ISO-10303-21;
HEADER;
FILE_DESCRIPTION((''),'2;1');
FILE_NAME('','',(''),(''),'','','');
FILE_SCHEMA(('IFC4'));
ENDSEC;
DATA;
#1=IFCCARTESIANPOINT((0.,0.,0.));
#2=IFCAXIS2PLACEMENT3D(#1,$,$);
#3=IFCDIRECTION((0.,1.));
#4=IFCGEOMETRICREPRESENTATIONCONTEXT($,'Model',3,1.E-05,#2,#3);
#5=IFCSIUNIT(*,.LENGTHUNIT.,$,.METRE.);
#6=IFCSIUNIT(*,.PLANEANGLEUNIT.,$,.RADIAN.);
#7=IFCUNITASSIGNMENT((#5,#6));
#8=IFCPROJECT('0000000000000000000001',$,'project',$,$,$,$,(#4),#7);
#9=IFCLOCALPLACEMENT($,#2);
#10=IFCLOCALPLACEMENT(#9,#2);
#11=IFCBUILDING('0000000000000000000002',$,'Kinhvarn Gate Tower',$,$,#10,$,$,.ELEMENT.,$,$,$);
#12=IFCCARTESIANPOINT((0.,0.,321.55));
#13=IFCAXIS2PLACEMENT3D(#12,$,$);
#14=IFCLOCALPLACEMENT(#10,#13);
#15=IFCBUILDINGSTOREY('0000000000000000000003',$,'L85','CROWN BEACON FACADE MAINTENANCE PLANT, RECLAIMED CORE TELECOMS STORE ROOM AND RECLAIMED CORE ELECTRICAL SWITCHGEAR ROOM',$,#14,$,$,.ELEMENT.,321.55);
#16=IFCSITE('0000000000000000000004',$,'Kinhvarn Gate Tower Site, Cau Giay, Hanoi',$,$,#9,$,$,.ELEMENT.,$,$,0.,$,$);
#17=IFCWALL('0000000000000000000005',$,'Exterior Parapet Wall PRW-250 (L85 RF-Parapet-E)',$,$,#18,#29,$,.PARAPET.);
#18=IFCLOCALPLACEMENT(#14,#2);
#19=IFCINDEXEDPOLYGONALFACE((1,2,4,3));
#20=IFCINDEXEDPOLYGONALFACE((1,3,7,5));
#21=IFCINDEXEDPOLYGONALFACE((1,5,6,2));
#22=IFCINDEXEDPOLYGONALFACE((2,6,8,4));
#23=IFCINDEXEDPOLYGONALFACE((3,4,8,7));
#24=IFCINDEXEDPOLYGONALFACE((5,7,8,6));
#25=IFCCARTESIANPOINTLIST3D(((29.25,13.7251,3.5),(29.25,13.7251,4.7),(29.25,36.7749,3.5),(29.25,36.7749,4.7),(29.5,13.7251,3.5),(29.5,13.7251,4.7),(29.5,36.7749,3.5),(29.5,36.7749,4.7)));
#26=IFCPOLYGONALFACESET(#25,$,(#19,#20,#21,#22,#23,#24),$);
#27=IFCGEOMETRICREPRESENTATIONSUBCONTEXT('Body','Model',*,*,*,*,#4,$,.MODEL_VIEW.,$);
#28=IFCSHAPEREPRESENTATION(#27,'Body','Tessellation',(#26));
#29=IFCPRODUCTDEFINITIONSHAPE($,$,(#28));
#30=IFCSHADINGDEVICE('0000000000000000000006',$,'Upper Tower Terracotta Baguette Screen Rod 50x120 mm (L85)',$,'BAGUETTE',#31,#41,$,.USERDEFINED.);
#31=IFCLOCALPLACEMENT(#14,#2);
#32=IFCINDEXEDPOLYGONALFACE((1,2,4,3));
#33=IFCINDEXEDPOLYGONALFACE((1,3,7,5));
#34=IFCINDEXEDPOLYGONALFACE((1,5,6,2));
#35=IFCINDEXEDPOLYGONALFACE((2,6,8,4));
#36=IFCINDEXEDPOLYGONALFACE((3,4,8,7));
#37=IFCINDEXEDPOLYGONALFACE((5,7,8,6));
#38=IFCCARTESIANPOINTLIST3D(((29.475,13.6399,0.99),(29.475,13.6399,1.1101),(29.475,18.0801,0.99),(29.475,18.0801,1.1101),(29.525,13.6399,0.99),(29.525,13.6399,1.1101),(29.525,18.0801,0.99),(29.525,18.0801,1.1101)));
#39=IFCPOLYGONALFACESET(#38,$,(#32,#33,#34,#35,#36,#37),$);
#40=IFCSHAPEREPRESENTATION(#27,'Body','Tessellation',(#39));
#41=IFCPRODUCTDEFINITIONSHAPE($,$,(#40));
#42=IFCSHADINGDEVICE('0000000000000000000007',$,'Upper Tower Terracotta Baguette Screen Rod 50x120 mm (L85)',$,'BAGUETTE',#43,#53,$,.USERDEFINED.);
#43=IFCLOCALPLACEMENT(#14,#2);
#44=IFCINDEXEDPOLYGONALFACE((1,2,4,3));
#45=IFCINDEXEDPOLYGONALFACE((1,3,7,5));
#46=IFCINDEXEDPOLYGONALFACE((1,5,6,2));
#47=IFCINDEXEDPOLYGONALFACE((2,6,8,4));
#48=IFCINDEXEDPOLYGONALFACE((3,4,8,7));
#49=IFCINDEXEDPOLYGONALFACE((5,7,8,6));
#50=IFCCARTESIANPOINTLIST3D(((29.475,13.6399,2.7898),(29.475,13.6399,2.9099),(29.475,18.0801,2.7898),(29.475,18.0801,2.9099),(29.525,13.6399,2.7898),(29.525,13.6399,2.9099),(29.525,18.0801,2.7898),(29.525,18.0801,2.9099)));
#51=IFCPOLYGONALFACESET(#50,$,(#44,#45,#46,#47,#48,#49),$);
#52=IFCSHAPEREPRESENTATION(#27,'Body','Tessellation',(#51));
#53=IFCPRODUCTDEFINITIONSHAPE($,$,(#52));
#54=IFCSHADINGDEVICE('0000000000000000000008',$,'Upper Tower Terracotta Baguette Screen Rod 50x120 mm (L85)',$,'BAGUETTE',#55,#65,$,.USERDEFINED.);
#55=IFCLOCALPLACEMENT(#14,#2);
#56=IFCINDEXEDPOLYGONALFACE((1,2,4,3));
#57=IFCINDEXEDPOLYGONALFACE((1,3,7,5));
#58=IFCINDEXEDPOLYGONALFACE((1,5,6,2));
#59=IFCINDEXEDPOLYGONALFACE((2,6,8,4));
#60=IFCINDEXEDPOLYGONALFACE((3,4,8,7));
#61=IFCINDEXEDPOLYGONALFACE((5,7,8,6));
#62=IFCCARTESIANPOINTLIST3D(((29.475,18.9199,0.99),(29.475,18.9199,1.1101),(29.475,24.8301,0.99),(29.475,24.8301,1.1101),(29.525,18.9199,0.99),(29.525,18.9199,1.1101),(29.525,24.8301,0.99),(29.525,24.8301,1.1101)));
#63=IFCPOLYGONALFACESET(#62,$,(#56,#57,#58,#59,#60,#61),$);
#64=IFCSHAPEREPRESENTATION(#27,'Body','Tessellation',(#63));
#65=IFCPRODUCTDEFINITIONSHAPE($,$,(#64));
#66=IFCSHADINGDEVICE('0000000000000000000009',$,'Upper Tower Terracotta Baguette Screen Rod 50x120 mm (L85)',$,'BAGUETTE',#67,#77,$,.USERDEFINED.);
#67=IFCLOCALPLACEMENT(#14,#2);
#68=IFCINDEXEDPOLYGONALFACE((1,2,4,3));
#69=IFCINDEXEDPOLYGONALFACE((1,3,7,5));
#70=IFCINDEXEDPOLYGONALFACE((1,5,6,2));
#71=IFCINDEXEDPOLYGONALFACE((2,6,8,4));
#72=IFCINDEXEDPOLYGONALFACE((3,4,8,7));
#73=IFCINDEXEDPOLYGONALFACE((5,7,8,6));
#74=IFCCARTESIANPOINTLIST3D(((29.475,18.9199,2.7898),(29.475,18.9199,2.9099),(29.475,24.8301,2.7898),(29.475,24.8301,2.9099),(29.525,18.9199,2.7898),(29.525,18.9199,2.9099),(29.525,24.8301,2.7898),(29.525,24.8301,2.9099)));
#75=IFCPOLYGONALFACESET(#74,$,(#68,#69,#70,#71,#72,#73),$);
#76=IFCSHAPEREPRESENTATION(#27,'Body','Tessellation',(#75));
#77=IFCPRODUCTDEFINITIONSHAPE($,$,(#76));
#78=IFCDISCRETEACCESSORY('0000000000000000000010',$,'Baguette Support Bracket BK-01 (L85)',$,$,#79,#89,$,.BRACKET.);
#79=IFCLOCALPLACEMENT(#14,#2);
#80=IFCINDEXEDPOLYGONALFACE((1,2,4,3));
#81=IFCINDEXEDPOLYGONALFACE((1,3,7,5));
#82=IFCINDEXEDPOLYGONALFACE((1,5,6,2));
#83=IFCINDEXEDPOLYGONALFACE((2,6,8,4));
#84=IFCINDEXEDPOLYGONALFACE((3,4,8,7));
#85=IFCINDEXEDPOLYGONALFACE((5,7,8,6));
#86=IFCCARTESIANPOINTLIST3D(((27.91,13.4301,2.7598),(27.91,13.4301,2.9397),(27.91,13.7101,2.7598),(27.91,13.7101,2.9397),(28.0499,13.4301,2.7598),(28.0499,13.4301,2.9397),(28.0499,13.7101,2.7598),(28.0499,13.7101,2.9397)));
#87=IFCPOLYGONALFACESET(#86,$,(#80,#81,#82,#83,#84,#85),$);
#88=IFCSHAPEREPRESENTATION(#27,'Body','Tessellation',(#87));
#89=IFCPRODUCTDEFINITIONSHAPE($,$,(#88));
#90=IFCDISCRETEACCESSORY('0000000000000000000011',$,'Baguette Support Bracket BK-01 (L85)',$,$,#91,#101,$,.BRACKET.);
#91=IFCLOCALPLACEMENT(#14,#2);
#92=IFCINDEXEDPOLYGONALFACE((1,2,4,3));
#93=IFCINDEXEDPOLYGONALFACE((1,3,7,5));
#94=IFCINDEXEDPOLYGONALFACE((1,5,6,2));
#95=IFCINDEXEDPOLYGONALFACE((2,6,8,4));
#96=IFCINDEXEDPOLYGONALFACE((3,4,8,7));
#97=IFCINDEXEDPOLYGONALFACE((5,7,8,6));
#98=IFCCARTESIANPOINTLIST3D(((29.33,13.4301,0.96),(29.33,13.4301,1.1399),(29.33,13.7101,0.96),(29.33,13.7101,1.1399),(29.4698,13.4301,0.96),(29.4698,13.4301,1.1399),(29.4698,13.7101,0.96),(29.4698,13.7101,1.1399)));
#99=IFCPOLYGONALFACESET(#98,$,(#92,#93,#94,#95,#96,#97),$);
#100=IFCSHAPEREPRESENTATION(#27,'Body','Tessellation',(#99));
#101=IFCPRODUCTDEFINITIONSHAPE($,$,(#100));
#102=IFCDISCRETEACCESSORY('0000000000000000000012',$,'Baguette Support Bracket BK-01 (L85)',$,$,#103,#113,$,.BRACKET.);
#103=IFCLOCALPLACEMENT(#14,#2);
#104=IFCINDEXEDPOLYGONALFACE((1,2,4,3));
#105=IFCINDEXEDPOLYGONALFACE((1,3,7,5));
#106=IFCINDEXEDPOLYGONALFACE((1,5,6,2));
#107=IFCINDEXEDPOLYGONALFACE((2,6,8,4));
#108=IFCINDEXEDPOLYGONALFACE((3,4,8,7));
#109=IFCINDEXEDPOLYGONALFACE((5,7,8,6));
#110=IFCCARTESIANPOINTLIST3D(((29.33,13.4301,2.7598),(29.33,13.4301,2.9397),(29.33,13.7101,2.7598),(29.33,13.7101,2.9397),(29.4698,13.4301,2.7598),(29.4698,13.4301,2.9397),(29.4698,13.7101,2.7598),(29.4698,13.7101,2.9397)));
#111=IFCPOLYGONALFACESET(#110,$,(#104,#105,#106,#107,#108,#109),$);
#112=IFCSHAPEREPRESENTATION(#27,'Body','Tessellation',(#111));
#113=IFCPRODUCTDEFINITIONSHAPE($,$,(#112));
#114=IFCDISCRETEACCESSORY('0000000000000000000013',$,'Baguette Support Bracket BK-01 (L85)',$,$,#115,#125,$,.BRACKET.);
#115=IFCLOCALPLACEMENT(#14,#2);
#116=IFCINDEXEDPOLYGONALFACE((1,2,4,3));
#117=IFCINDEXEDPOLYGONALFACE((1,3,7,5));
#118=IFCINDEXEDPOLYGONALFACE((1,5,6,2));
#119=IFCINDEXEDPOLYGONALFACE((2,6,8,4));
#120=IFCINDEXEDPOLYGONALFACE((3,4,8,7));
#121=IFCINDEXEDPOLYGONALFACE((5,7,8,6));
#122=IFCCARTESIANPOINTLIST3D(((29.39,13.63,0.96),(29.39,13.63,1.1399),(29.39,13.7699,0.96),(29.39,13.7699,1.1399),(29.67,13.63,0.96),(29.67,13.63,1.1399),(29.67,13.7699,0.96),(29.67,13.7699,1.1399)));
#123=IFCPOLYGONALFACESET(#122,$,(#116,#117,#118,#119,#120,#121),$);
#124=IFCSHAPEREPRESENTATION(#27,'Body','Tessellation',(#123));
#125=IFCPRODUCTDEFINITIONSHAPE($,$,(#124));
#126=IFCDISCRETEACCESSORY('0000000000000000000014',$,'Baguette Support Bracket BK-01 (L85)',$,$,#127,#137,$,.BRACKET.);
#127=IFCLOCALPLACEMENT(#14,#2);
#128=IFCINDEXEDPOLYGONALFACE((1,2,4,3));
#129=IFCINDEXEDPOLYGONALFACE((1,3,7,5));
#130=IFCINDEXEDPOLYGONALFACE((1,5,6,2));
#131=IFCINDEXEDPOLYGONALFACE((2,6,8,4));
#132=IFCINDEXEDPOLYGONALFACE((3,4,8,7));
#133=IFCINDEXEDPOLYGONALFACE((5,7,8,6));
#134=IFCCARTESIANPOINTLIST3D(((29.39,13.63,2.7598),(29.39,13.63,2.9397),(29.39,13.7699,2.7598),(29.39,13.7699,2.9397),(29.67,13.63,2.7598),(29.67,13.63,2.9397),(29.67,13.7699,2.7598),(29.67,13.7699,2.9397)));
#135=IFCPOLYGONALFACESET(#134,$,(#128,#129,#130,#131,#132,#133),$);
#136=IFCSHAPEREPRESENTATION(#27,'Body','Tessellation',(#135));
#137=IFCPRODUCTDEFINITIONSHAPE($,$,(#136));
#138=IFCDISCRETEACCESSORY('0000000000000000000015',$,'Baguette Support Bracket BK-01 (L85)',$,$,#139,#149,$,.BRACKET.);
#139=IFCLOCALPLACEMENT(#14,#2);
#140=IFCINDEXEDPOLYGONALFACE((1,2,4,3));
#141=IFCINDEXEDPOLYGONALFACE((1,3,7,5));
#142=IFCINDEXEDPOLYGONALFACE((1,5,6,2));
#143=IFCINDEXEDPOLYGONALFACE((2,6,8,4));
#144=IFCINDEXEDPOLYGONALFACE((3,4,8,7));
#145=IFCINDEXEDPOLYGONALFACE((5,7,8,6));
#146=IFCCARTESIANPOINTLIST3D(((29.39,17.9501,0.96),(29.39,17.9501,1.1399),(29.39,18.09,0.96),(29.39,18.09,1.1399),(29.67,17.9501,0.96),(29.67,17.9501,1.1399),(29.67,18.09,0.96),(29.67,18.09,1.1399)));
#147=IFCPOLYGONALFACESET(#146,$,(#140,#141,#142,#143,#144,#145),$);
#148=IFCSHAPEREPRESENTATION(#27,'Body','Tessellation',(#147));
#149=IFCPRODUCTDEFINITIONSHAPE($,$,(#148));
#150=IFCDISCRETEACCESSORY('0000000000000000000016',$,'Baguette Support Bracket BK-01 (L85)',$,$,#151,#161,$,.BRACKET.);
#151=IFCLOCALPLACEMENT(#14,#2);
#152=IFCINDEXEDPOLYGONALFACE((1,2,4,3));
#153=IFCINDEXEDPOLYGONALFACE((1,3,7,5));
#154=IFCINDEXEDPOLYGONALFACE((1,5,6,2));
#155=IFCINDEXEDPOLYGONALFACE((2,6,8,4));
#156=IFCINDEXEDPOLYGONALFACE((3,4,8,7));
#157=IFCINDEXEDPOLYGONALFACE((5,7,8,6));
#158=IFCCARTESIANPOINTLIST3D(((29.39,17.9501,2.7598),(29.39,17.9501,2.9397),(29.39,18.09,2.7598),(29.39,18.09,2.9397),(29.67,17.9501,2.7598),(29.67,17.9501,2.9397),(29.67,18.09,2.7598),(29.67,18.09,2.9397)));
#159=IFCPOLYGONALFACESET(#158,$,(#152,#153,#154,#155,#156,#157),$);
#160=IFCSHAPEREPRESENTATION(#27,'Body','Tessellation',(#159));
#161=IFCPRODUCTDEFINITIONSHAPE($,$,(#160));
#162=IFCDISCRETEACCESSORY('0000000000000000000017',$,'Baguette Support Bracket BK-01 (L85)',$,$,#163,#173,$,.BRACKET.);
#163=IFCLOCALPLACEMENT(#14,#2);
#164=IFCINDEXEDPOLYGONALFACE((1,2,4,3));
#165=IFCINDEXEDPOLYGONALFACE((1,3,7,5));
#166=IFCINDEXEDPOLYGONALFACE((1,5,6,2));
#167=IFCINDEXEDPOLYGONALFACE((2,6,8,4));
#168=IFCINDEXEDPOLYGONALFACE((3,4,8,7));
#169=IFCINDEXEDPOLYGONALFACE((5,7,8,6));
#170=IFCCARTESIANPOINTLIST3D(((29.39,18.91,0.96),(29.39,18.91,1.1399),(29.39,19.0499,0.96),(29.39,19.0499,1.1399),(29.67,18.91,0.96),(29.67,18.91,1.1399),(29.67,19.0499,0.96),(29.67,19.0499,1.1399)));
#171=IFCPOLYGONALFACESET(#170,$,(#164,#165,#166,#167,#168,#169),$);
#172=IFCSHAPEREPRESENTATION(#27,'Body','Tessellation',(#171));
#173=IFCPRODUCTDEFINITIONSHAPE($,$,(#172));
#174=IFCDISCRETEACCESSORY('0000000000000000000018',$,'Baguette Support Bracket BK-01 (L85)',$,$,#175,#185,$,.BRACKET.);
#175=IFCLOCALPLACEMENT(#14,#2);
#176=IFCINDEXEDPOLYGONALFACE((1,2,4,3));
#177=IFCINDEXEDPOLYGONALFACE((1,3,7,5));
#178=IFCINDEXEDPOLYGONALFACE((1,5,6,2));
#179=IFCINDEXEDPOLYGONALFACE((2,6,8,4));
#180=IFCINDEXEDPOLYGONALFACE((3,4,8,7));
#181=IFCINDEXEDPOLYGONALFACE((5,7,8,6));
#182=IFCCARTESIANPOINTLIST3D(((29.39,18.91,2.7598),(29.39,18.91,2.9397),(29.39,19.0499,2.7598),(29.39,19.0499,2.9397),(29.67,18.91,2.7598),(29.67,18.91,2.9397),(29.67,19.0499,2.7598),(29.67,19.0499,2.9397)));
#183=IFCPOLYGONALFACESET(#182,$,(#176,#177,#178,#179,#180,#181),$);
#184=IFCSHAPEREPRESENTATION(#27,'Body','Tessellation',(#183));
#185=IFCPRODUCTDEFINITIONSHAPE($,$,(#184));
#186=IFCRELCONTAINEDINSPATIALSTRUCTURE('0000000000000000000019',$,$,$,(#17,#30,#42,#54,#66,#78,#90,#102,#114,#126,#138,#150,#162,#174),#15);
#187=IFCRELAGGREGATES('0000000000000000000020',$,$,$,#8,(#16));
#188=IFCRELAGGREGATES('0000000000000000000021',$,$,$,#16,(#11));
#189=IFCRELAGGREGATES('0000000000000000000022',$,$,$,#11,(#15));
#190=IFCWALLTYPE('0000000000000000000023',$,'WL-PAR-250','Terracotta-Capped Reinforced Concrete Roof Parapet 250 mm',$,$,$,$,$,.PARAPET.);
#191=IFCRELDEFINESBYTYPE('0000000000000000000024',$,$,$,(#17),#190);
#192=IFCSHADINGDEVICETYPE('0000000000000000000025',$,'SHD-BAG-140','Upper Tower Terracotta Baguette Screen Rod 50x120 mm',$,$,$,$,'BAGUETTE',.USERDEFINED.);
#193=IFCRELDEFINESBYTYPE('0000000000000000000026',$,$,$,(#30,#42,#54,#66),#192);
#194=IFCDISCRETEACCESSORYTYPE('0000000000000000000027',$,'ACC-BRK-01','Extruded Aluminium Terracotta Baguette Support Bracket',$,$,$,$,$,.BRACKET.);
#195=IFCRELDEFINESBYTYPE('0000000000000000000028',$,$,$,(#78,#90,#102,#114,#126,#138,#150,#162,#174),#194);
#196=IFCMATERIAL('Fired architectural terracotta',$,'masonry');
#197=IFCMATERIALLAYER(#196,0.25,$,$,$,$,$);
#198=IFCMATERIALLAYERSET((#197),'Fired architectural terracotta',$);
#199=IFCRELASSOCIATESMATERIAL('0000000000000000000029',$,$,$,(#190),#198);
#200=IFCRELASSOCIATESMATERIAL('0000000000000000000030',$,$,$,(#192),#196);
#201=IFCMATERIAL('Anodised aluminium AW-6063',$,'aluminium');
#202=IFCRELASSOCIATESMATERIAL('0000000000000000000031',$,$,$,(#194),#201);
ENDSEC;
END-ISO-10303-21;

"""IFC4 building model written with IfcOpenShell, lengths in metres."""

from ifc_helpers import new_model, si_unit, direction, frame, frame_2d, origin, origin_2d, place, context, subcontext, project, spatial, rectangle, extrude, material, layer, layer_set, material_profile, profile_set, type_object, element, save


model = new_model("IFC4")

# Units and contexts
model_context = context("Model", 3, precision=1e-05, world=origin(), true_north=direction((0.0, 1.0)))
body_context = subcontext(model_context, "Body", "Model", "MODEL_VIEW")
ifc_project = project(units=[si_unit("LENGTHUNIT", "METRE"), si_unit("PLANEANGLEUNIT", "RADIAN")], contexts=[model_context])

# Site, building, storey
site_placement = place(None, origin())
site = spatial("IfcSite", under=ifc_project, at=site_placement, Name="Kinhvarn Gate Tower Site, Cau Giay, Hanoi", CompositionType="ELEMENT", RefElevation=0.0)
building_placement = place(site_placement, origin())
building = spatial("IfcBuilding", under=site, at=building_placement, Name="Kinhvarn Gate Tower", CompositionType="ELEMENT")
storey_placement = place(building_placement, frame((0.0, 0.0, 321.55)))
storey = spatial("IfcBuildingStorey", under=building, at=storey_placement, Name="L85", Description="CROWN BEACON FACADE MAINTENANCE PLANT, RECLAIMED CORE TELECOMS STORE ROOM AND RECLAIMED CORE ELECTRICAL SWITCHGEAR ROOM", CompositionType="ELEMENT", Elevation=321.55)

# Shared definitions
ifc_material_1 = material(Name="Anodised aluminium AW-6063", Category="aluminium")

# Wall
ifc_material_2 = material(Name="Fired architectural terracotta", Category="masonry")
ifc_layer_1 = layer(ifc_material_2, 0.25)
ifc_layer_set_1 = layer_set([ifc_layer_1], Name="Fired architectural terracotta")
wall_type = type_object("IfcWallType", Name="WL-PAR-250", Description="Terracotta-Capped Reinforced Concrete Roof Parapet 250 mm", PredefinedType="PARAPET", material=ifc_layer_set_1)
wall_1_placement = place(storey_placement, frame((29.375, 13.7251, 3.5), z_axis=(0.0, 0.0, 1.0), x_axis=(0.0, 1.0, 0.0)))
element("IfcWall", 1, at=wall_1_placement, inside=storey, type_object=wall_type, Name="Exterior Parapet Wall PRW-250 (L85 RF-Parapet-E)", PredefinedType="PARAPET", context=body_context, shape_type="SweptSolid", body=[
    extrude(rectangle(XDim=23.0498, YDim=0.25, at=frame_2d((11.5249, 0.0))), origin(), (0.0, 0.0, 1.0), 1.2),
])

# Shading devices
ifc_material_profile_1 = material_profile(ifc_material_2, rectangle(XDim=0.05, YDim=0.1201, at=origin_2d()), Name="TC 50x120")
ifc_profile_set_1 = profile_set([ifc_material_profile_1], Name="Fired architectural terracotta")
shading_device_type = type_object("IfcShadingDeviceType", Name="SHD-BAG-140", Description="Upper Tower Terracotta Baguette Screen Rod 50x120 mm", ElementType="BAGUETTE", PredefinedType="USERDEFINED", material=ifc_profile_set_1)
for number, where, z_axis, x_axis, name in (
    (2, (29.5, 13.6399, 1.05), (0.0, 1.0, 0.0), (-1.0, 0.0, 0.0), "Upper Tower Terracotta Baguette Screen Rod 50x120 mm (L85)"),
    (3, (29.5, 13.6399, 2.8499), (0.0, 1.0, 0.0), (-1.0, 0.0, 0.0), "Upper Tower Terracotta Baguette Screen Rod 50x120 mm (L85)"),
):
    element("IfcShadingDevice", number, at=place(storey_placement, frame(where, z_axis=z_axis, x_axis=x_axis)), inside=storey, type_object=shading_device_type, Name=name, ObjectType="BAGUETTE", PredefinedType="USERDEFINED", context=body_context, shape_type="SweptSolid", body=[
        extrude(rectangle(XDim=0.05, YDim=0.1201, at=origin_2d()), origin(), (0.0, 0.0, 1.0), 4.4402),
    ])
for number, where, z_axis, x_axis, name in (
    (4, (29.5, 18.9199, 1.05), (0.0, 1.0, 0.0), (-1.0, 0.0, 0.0), "Upper Tower Terracotta Baguette Screen Rod 50x120 mm (L85)"),
    (5, (29.5, 18.9199, 2.8499), (0.0, 1.0, 0.0), (-1.0, 0.0, 0.0), "Upper Tower Terracotta Baguette Screen Rod 50x120 mm (L85)"),
):
    element("IfcShadingDevice", number, at=place(storey_placement, frame(where, z_axis=z_axis, x_axis=x_axis)), inside=storey, type_object=shading_device_type, Name=name, ObjectType="BAGUETTE", PredefinedType="USERDEFINED", context=body_context, shape_type="SweptSolid", body=[
        extrude(rectangle(XDim=0.05, YDim=0.1201, at=origin_2d()), origin(), (0.0, 0.0, 1.0), 5.9102),
    ])

# Discrete accessories
discrete_accessory_type = type_object("IfcDiscreteAccessoryType", Name="ACC-BRK-01", Description="Extruded Aluminium Terracotta Baguette Support Bracket", PredefinedType="BRACKET", material=ifc_material_1)
for number, where, z_axis, x_axis, name in (
    (6, (27.98, 13.5701, 2.7598), (0.0, 0.0, 1.0), (1.0, 0.0, 0.0), "Baguette Support Bracket BK-01 (L85)"),
    (7, (29.3999, 13.5701, 0.96), (0.0, 0.0, 1.0), (1.0, 0.0, 0.0), "Baguette Support Bracket BK-01 (L85)"),
    (8, (29.3999, 13.5701, 2.7598), (0.0, 0.0, 1.0), (1.0, 0.0, 0.0), "Baguette Support Bracket BK-01 (L85)"),
    (9, (29.53, 13.7, 0.96), (0.0, 0.0, 1.0), (0.0, 1.0, 0.0), "Baguette Support Bracket BK-01 (L85)"),
    (10, (29.53, 13.7, 2.7598), (0.0, 0.0, 1.0), (0.0, 1.0, 0.0), "Baguette Support Bracket BK-01 (L85)"),
    (11, (29.53, 18.02, 0.96), (0.0, 0.0, 1.0), (0.0, 1.0, 0.0), "Baguette Support Bracket BK-01 (L85)"),
    (12, (29.53, 18.02, 2.7598), (0.0, 0.0, 1.0), (0.0, 1.0, 0.0), "Baguette Support Bracket BK-01 (L85)"),
    (13, (29.53, 18.98, 0.96), (0.0, 0.0, 1.0), (0.0, 1.0, 0.0), "Baguette Support Bracket BK-01 (L85)"),
    (14, (29.53, 18.98, 2.7598), (0.0, 0.0, 1.0), (0.0, 1.0, 0.0), "Baguette Support Bracket BK-01 (L85)"),
):
    element("IfcDiscreteAccessory", number, at=place(storey_placement, frame(where, z_axis=z_axis, x_axis=x_axis)), inside=storey, type_object=discrete_accessory_type, Name=name, PredefinedType="BRACKET", context=body_context, shape_type="SweptSolid", body=[
        extrude(rectangle(XDim=0.1399, YDim=0.28, at=origin_2d()), origin(), (0.0, 0.0, 1.0), 0.1799),
    ])

save(model, "model.ifc")
